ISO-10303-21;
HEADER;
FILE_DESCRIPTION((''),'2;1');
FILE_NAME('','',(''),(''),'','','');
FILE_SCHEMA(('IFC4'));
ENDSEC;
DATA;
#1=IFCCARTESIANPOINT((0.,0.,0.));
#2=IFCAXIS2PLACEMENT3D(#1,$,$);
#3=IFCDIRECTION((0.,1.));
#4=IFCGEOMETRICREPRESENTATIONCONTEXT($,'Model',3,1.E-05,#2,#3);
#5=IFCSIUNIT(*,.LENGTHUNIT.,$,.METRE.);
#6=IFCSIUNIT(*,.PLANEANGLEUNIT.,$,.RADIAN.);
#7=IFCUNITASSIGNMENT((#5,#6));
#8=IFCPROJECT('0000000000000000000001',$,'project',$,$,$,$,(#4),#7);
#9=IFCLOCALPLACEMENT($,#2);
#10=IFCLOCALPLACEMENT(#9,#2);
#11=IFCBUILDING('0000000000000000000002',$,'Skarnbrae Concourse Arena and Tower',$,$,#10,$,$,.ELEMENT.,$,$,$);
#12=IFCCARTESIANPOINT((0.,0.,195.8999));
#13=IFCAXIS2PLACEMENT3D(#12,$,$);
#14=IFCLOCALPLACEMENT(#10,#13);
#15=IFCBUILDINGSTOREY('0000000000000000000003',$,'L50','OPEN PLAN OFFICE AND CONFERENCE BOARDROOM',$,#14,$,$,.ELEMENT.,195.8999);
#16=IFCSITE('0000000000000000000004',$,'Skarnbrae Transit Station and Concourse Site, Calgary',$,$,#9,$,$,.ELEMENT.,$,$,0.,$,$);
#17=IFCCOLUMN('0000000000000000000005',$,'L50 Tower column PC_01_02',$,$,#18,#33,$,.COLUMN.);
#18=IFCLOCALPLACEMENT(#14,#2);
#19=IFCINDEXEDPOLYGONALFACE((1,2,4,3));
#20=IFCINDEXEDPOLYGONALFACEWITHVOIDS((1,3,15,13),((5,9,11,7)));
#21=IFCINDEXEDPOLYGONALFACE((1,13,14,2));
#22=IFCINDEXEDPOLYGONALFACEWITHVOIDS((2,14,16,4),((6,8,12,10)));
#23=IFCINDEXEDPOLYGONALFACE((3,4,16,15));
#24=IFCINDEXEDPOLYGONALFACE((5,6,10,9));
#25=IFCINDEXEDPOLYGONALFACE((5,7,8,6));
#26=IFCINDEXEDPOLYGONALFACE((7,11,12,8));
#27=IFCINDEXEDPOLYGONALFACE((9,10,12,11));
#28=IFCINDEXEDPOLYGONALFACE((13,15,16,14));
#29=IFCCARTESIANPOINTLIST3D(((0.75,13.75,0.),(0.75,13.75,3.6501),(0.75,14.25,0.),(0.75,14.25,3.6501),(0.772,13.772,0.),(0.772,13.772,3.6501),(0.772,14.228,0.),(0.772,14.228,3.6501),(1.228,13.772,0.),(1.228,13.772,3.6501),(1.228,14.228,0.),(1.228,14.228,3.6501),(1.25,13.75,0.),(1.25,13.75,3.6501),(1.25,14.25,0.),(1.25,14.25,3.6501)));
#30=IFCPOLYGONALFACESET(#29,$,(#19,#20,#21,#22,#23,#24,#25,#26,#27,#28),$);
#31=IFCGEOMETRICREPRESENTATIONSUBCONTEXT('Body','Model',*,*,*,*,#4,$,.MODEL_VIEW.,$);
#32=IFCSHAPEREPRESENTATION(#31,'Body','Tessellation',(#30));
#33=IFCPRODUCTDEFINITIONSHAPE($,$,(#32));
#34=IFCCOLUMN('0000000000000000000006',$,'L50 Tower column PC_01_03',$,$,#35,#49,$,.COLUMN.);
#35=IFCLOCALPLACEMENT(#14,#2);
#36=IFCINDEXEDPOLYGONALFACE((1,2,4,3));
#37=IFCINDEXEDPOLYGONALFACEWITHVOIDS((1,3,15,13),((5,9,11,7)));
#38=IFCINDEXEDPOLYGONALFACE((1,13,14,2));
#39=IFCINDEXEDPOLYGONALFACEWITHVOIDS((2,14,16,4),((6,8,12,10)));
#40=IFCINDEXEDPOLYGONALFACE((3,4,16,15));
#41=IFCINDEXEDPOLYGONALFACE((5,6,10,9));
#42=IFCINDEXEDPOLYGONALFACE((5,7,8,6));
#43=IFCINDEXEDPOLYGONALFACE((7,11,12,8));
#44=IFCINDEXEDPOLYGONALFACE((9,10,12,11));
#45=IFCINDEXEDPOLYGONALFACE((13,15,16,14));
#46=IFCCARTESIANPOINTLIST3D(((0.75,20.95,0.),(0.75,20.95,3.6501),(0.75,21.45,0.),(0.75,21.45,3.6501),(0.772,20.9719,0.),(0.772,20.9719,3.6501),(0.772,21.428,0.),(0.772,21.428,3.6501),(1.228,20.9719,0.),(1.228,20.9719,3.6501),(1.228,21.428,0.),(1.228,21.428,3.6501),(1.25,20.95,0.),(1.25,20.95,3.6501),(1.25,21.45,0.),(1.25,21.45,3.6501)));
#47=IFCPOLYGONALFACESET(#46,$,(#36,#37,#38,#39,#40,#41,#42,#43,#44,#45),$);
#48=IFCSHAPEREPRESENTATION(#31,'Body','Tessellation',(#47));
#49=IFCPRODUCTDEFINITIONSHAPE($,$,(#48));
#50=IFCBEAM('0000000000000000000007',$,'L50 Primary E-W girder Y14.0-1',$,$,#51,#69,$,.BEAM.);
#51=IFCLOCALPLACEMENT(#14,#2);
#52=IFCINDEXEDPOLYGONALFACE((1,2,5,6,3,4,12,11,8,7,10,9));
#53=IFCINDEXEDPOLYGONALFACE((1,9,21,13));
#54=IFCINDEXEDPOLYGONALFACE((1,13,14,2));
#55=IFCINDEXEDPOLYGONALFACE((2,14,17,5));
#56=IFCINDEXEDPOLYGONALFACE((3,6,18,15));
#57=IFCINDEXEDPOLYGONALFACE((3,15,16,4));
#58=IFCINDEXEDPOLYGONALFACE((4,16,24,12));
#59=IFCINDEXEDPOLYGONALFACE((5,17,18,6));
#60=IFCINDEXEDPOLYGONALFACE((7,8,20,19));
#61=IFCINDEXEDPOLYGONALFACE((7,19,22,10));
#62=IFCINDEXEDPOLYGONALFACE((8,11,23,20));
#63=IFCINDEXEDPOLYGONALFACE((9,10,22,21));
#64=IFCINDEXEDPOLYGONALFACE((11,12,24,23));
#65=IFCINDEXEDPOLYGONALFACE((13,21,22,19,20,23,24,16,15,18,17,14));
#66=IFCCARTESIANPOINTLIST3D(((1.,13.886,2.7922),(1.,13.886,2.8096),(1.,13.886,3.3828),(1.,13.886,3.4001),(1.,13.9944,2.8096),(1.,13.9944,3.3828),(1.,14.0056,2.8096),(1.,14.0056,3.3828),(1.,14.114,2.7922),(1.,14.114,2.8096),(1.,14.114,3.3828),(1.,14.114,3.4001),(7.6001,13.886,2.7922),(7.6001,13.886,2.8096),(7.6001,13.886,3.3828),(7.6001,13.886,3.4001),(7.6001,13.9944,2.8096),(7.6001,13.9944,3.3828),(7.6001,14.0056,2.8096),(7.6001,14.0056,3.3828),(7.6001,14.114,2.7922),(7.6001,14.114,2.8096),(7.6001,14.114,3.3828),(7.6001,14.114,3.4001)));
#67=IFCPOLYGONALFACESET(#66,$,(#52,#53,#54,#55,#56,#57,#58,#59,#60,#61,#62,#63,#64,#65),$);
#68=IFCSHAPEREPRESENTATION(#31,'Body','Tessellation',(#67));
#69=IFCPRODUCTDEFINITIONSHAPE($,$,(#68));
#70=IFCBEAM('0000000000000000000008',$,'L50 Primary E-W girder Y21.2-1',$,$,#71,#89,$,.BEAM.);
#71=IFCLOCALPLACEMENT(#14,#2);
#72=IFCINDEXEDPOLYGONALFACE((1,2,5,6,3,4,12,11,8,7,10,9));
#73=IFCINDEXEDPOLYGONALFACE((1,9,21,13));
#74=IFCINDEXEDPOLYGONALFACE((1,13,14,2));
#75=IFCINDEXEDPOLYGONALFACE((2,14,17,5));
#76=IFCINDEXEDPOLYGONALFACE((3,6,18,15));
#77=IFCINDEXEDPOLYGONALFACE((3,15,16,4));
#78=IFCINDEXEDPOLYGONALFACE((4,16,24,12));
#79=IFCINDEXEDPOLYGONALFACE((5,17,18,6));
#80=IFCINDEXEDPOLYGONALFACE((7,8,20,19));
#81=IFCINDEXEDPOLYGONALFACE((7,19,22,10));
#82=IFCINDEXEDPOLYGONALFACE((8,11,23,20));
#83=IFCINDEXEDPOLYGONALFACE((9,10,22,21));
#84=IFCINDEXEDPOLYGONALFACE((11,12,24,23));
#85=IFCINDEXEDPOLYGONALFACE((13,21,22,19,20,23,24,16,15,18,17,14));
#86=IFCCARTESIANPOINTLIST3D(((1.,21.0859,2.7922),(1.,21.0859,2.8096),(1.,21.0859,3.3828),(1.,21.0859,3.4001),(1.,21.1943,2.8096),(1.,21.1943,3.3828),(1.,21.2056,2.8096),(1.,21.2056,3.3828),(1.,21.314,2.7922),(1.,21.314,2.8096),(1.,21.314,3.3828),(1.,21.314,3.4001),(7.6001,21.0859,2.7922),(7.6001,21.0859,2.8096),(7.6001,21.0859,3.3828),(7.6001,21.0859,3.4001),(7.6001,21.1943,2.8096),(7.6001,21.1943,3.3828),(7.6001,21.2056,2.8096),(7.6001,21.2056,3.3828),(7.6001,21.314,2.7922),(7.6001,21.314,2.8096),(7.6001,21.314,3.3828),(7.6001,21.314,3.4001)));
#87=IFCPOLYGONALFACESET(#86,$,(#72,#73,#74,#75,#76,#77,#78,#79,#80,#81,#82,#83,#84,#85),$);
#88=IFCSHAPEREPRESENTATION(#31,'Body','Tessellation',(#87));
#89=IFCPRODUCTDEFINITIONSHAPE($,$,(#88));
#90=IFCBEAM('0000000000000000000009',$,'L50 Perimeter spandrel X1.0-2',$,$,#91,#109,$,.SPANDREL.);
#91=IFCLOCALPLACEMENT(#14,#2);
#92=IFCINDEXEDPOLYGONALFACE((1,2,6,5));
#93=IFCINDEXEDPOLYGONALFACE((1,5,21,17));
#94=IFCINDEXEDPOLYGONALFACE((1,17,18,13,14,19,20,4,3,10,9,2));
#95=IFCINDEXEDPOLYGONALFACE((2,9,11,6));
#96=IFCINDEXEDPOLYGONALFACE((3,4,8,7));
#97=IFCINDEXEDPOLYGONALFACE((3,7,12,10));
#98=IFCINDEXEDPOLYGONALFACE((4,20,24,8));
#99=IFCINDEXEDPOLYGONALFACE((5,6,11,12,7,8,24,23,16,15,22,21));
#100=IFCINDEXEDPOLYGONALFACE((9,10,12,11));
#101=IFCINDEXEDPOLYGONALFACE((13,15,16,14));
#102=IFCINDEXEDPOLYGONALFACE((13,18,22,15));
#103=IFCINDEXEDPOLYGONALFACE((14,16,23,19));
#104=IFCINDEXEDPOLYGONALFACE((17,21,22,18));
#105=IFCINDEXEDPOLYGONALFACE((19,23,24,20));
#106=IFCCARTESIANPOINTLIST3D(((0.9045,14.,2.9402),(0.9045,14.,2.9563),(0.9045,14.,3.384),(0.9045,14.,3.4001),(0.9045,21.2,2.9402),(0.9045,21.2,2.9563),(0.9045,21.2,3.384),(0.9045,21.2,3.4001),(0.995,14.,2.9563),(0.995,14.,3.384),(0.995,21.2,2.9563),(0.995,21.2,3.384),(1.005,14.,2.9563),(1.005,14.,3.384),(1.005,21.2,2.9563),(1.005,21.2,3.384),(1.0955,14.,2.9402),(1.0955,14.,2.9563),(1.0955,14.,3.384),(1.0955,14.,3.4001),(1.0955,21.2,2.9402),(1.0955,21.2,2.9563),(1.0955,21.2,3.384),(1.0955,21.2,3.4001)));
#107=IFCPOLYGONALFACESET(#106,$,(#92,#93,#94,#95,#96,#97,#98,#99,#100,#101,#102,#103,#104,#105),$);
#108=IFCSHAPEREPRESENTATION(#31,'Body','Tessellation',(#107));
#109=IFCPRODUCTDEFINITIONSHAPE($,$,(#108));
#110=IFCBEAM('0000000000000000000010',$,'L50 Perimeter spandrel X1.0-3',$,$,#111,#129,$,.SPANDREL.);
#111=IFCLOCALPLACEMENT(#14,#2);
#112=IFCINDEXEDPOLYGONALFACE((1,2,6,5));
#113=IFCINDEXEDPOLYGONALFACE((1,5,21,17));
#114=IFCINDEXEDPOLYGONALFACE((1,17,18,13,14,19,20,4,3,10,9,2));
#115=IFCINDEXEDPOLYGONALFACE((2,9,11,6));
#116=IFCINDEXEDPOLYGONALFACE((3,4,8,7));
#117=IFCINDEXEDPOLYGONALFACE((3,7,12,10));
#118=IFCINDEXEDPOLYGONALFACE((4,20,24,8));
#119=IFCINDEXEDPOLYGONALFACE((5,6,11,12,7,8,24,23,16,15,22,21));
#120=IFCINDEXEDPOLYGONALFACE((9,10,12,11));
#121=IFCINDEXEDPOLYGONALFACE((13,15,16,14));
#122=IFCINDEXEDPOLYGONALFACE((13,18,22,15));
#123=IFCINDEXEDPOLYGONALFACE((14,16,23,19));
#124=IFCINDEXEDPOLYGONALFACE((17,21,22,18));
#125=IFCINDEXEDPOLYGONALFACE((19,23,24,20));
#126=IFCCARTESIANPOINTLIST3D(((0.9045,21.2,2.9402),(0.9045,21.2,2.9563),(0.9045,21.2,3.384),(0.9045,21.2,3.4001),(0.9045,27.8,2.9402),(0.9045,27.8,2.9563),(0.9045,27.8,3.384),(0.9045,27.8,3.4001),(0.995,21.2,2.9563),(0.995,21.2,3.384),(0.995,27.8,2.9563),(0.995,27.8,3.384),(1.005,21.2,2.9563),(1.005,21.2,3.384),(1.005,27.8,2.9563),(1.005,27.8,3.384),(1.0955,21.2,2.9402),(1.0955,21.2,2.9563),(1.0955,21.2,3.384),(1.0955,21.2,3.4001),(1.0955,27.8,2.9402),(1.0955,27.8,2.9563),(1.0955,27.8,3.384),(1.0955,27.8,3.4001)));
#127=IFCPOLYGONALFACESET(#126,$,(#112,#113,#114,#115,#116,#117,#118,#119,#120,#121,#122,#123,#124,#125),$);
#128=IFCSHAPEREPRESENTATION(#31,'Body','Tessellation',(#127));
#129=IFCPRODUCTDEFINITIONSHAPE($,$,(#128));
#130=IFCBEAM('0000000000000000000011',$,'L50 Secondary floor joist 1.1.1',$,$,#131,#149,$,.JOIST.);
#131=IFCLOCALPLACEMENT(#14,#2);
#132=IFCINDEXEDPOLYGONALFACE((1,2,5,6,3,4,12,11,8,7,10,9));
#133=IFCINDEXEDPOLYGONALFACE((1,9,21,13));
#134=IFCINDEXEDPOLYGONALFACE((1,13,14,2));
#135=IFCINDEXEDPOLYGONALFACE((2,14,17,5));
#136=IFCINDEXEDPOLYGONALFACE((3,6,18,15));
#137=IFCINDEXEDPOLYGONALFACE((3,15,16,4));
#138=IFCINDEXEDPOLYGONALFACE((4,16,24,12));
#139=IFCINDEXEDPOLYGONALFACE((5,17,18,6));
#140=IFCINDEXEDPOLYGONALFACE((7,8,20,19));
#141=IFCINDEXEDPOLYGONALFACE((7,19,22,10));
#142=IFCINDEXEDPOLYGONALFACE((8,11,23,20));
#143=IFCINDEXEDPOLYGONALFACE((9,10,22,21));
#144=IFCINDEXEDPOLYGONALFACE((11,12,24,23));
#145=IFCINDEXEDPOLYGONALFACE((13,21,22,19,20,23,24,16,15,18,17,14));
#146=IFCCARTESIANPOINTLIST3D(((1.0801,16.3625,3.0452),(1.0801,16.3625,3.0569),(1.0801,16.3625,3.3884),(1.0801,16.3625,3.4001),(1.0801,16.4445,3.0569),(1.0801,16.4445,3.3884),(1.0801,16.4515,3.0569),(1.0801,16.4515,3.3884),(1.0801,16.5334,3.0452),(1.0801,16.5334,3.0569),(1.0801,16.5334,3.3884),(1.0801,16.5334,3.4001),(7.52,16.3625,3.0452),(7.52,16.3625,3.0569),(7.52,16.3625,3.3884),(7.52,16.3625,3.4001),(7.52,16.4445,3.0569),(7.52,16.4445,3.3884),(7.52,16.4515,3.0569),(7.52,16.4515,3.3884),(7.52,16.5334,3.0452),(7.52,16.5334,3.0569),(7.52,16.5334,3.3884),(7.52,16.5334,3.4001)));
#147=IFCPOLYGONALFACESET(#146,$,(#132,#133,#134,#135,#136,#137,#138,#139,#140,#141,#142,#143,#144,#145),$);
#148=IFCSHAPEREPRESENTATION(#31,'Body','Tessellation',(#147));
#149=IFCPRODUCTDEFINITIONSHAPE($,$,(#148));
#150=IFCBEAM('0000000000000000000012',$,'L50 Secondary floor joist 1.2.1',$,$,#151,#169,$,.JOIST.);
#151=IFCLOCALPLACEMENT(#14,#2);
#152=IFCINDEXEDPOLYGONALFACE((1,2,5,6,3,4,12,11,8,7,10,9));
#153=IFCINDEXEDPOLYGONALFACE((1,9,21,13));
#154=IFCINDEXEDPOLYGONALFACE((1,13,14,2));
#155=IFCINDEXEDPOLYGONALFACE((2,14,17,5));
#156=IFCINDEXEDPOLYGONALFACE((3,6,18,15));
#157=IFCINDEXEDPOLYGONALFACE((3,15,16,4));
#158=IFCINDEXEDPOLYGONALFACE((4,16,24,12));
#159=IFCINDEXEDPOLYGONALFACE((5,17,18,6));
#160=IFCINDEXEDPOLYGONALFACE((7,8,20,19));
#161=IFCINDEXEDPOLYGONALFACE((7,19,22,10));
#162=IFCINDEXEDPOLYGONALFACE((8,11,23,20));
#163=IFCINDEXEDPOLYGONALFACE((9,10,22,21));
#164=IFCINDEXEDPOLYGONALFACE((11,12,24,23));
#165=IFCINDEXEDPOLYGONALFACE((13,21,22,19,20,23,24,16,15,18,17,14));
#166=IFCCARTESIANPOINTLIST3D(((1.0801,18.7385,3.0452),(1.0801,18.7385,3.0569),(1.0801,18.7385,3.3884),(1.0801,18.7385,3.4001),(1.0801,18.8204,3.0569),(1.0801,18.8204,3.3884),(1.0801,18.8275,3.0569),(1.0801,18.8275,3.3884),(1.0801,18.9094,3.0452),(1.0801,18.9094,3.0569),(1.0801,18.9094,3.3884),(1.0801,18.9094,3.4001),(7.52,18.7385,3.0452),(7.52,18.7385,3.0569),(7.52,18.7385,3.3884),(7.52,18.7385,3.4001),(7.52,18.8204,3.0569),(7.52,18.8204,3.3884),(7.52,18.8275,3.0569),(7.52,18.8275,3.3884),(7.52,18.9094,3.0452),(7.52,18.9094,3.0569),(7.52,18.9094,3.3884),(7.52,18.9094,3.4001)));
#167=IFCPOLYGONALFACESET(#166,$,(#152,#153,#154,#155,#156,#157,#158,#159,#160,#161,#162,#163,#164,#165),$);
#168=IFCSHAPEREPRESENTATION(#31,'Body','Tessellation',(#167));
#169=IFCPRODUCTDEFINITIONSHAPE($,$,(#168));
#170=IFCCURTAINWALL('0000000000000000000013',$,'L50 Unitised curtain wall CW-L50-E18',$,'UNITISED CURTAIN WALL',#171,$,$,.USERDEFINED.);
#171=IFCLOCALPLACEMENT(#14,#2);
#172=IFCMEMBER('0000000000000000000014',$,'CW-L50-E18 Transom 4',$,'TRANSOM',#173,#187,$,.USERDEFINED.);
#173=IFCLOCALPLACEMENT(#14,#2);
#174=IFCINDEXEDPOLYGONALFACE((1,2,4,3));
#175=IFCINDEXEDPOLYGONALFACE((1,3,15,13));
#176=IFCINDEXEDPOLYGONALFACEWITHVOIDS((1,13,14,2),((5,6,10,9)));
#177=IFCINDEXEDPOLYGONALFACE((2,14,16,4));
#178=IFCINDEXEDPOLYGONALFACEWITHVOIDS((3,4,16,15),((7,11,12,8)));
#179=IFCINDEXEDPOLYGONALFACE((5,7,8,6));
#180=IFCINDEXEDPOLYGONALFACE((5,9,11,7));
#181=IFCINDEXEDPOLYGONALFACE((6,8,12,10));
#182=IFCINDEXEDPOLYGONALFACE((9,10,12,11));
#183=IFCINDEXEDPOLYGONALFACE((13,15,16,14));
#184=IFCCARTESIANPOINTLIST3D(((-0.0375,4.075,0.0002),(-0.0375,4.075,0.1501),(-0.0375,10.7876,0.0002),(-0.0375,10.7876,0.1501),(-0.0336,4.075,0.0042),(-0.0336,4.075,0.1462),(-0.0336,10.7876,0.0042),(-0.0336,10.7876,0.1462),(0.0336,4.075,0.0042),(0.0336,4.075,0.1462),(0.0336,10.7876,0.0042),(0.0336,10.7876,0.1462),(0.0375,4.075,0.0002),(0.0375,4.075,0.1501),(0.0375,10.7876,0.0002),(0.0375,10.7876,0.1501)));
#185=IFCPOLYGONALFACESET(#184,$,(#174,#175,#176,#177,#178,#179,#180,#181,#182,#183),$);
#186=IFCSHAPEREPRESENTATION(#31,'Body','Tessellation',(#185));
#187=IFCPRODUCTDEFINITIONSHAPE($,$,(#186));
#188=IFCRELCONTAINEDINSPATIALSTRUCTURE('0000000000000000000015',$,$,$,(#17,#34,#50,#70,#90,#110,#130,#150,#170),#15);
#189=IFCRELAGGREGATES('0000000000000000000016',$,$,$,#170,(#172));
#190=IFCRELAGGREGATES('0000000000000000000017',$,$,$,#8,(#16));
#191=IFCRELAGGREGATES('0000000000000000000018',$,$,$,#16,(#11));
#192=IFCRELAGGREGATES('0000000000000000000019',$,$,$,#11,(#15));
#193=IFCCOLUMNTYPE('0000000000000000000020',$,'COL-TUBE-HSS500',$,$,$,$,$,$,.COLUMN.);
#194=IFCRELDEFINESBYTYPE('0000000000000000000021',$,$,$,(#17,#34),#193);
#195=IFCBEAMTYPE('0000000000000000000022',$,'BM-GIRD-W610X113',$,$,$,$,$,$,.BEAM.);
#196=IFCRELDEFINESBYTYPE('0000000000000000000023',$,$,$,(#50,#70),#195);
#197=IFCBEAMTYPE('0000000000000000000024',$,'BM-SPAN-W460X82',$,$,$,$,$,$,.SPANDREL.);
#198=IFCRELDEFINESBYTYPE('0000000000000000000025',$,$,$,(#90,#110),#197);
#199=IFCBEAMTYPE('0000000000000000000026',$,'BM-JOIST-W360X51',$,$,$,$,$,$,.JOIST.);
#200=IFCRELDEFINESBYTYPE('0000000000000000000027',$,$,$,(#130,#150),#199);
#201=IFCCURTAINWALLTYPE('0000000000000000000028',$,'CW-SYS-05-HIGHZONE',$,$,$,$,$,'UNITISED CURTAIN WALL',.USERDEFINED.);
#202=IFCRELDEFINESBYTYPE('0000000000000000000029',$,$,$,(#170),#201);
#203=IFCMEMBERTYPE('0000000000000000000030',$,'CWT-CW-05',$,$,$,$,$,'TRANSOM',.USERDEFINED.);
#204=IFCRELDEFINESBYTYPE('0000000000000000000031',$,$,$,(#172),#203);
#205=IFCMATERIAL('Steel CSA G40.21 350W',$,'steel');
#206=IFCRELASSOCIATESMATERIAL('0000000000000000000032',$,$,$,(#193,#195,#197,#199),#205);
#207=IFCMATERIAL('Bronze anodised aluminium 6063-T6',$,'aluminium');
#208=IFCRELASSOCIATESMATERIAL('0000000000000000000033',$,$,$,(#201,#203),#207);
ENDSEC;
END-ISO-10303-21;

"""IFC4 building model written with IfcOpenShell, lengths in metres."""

from ifc_helpers import new_model, si_unit, direction, frame, origin, origin_2d, place, context, subcontext, project, spatial, hollow_rectangle, i_section, extrude, source, transform, mapped, material, material_profile, profile_set, type_object, element, aggregate, save


model = new_model("IFC4")

# Units and contexts
model_context = context("Model", 3, precision=1e-05, world=origin(), true_north=direction((0.0, 1.0)))
body_context = subcontext(model_context, "Body", "Model", "MODEL_VIEW")
ifc_project = project(units=[si_unit("LENGTHUNIT", "METRE"), si_unit("PLANEANGLEUNIT", "RADIAN")], contexts=[model_context])

# Site, building, storey
site_placement = place(None, origin())
site = spatial("IfcSite", under=ifc_project, at=site_placement, Name="Skarnbrae Transit Station and Concourse Site, Calgary", CompositionType="ELEMENT", RefElevation=0.0)
building_placement = place(site_placement, origin())
building = spatial("IfcBuilding", under=site, at=building_placement, Name="Skarnbrae Concourse Arena and Tower", CompositionType="ELEMENT")
storey_placement = place(building_placement, frame((0.0, 0.0, 195.8999)))
storey = spatial("IfcBuildingStorey", under=building, at=storey_placement, Name="L50", Description="OPEN PLAN OFFICE AND CONFERENCE BOARDROOM", CompositionType="ELEMENT", Elevation=195.8999)

# Columns
ifc_material_1 = material(Name="Steel CSA G40.21 350W", Category="steel")
ifc_material_profile_1 = material_profile(ifc_material_1, hollow_rectangle(XDim=0.5, YDim=0.5, WallThickness=0.022, at=origin_2d()), Name="HSS500X500X22.0")
ifc_profile_set_1 = profile_set([ifc_material_profile_1], Name="Steel CSA G40.21 350W")
column_type = type_object("IfcColumnType", Name="COL-TUBE-HSS500", PredefinedType="COLUMN", material=ifc_profile_set_1)
shared_shape_1 = source(origin(), body_context, "Body", "SweptSolid", [
    extrude(hollow_rectangle(XDim=0.5, YDim=0.5, WallThickness=0.022, at=origin_2d()), origin(), (0.0, 0.0, 1.0), 3.6501),
])
for number, where, z_axis, x_axis, name in (
    (1, (1.0, 14.0, 0.0), (0.0, 0.0, 1.0), (1.0, 0.0, 0.0), "L50 Tower column PC_01_02"),
    (2, (1.0, 21.2, 0.0), (0.0, 0.0, 1.0), (1.0, 0.0, 0.0), "L50 Tower column PC_01_03"),
):
    element("IfcColumn", number, at=place(storey_placement, frame(where, z_axis=z_axis, x_axis=x_axis)), inside=storey, type_object=column_type, Name=name, PredefinedType="COLUMN", context=body_context, shape_type="MappedRepresentation", body=[
        mapped(shared_shape_1, transform((0.0, 0.0, 0.0))),
    ])

# Beams
ifc_material_profile_2 = material_profile(ifc_material_1, i_section(OverallWidth=0.228, OverallDepth=0.6079, WebThickness=0.0112, FlangeThickness=0.0173, at=origin_2d()), Name="W610X113")
ifc_profile_set_2 = profile_set([ifc_material_profile_2], Name="Steel CSA G40.21 350W")
beam_type_1 = type_object("IfcBeamType", Name="BM-GIRD-W610X113", PredefinedType="BEAM", material=ifc_profile_set_2)
shared_shape_2 = source(origin(), body_context, "Body", "SweptSolid", [
    extrude(i_section(OverallWidth=0.228, OverallDepth=0.6079, WebThickness=0.0112, FlangeThickness=0.0173, at=origin_2d()), origin(), (0.0, 0.0, 1.0), 6.6001),
])
for number, where, z_axis, x_axis, name in (
    (3, (1.0, 14.0, 3.0962), (1.0, 0.0, 0.0), (0.0, 1.0, 0.0), "L50 Primary E-W girder Y14.0-1"),
    (4, (1.0, 21.2, 3.0962), (1.0, 0.0, 0.0), (0.0, 1.0, 0.0), "L50 Primary E-W girder Y21.2-1"),
):
    element("IfcBeam", number, at=place(storey_placement, frame(where, z_axis=z_axis, x_axis=x_axis)), inside=storey, type_object=beam_type_1, Name=name, PredefinedType="BEAM", context=body_context, shape_type="MappedRepresentation", body=[
        mapped(shared_shape_2, transform((0.0, 0.0, 0.0))),
    ])
ifc_material_profile_3 = material_profile(ifc_material_1, i_section(OverallWidth=0.1909, OverallDepth=0.46, WebThickness=0.01, FlangeThickness=0.0161, at=origin_2d()), Name="W460X82")
ifc_profile_set_3 = profile_set([ifc_material_profile_3], Name="Steel CSA G40.21 350W")
beam_type_2 = type_object("IfcBeamType", Name="BM-SPAN-W460X82", PredefinedType="SPANDREL", material=ifc_profile_set_3)
shared_shape_3 = source(origin(), body_context, "Body", "SweptSolid", [
    extrude(i_section(OverallWidth=0.1909, OverallDepth=0.46, WebThickness=0.01, FlangeThickness=0.0161, at=origin_2d()), origin(), (0.0, 0.0, 1.0), 7.2),
])
beam_1_placement = place(storey_placement, frame((1.0, 14.0, 3.1702), z_axis=(0.0, 1.0, 0.0), x_axis=(-1.0, 0.0, 0.0)))
element("IfcBeam", 5, at=beam_1_placement, inside=storey, type_object=beam_type_2, Name="L50 Perimeter spandrel X1.0-2", PredefinedType="SPANDREL", context=body_context, shape_type="MappedRepresentation", body=[
    mapped(shared_shape_3, transform((0.0, 0.0, 0.0))),
])
shared_shape_4 = source(origin(), body_context, "Body", "SweptSolid", [
    extrude(i_section(OverallWidth=0.1909, OverallDepth=0.46, WebThickness=0.01, FlangeThickness=0.0161, at=origin_2d()), origin(), (0.0, 0.0, 1.0), 6.6001),
])
beam_2_placement = place(storey_placement, frame((1.0, 21.2, 3.1702), z_axis=(0.0, 1.0, 0.0), x_axis=(-1.0, 0.0, 0.0)))
element("IfcBeam", 6, at=beam_2_placement, inside=storey, type_object=beam_type_2, Name="L50 Perimeter spandrel X1.0-3", PredefinedType="SPANDREL", context=body_context, shape_type="MappedRepresentation", body=[
    mapped(shared_shape_4, transform((0.0, 0.0, 0.0))),
])
ifc_material_profile_4 = material_profile(ifc_material_1, i_section(OverallWidth=0.1709, OverallDepth=0.355, WebThickness=0.0071, FlangeThickness=0.0117, at=origin_2d()), Name="W360X51")
ifc_profile_set_4 = profile_set([ifc_material_profile_4], Name="Steel CSA G40.21 350W")
beam_type_3 = type_object("IfcBeamType", Name="BM-JOIST-W360X51", PredefinedType="JOIST", material=ifc_profile_set_4)
shared_shape_5 = source(origin(), body_context, "Body", "SweptSolid", [
    extrude(i_section(OverallWidth=0.1709, OverallDepth=0.355, WebThickness=0.0071, FlangeThickness=0.0117, at=origin_2d()), origin(), (0.0, 0.0, 1.0), 6.4399),
])
for number, where, z_axis, x_axis, name in (
    (7, (1.0801, 16.448, 3.2227), (1.0, 0.0, 0.0), (0.0, 1.0, 0.0), "L50 Secondary floor joist 1.1.1"),
    (8, (1.0801, 18.824, 3.2227), (1.0, 0.0, 0.0), (0.0, 1.0, 0.0), "L50 Secondary floor joist 1.2.1"),
):
    element("IfcBeam", number, at=place(storey_placement, frame(where, z_axis=z_axis, x_axis=x_axis)), inside=storey, type_object=beam_type_3, Name=name, PredefinedType="JOIST", context=body_context, shape_type="MappedRepresentation", body=[
        mapped(shared_shape_5, transform((0.0, 0.0, 0.0))),
    ])

# Curtain wall, member
ifc_material_2 = material(Name="Bronze anodised aluminium 6063-T6", Category="aluminium")
curtain_wall_type = type_object("IfcCurtainWallType", Name="CW-SYS-05-HIGHZONE", ElementType="UNITISED CURTAIN WALL", PredefinedType="USERDEFINED", material=ifc_material_2)
curtain_wall_placement = place(storey_placement, origin())
curtain_wall = element("IfcCurtainWall", 9, at=curtain_wall_placement, inside=storey, type_object=curtain_wall_type, Name="L50 Unitised curtain wall CW-L50-E18", ObjectType="UNITISED CURTAIN WALL", PredefinedType="USERDEFINED")
ifc_material_profile_5 = material_profile(ifc_material_2, hollow_rectangle(XDim=0.075, YDim=0.1499, WallThickness=0.0039, at=origin_2d()), Name="ALU-TRAN-75X150")
ifc_profile_set_5 = profile_set([ifc_material_profile_5], Name="Bronze anodised aluminium 6063-T6")
member_type_1 = type_object("IfcMemberType", Name="CWT-CW-05", ElementType="TRANSOM", PredefinedType="USERDEFINED", material=ifc_profile_set_5)
shared_shape_6 = source(origin(), body_context, "Body", "SweptSolid", [
    extrude(hollow_rectangle(XDim=0.075, YDim=0.1499, WallThickness=0.0039, at=origin_2d()), origin(), (0.0, 0.0, 1.0), 6.7126),
])
member_1_placement = place(storey_placement, frame((0.0, 10.7876, 0.0752), z_axis=(0.0, -1.0, 0.0), x_axis=(1.0, 0.0, 0.0)))
member_1 = element("IfcMember", 10, at=member_1_placement, type_object=member_type_1, Name="CW-L50-E18 Transom 4", ObjectType="TRANSOM", PredefinedType="USERDEFINED", context=body_context, shape_type="MappedRepresentation", body=[
    mapped(shared_shape_6, transform((0.0, 0.0, 0.0))),
])
aggregate(curtain_wall, [member_1])

save(model, "model.ifc")
